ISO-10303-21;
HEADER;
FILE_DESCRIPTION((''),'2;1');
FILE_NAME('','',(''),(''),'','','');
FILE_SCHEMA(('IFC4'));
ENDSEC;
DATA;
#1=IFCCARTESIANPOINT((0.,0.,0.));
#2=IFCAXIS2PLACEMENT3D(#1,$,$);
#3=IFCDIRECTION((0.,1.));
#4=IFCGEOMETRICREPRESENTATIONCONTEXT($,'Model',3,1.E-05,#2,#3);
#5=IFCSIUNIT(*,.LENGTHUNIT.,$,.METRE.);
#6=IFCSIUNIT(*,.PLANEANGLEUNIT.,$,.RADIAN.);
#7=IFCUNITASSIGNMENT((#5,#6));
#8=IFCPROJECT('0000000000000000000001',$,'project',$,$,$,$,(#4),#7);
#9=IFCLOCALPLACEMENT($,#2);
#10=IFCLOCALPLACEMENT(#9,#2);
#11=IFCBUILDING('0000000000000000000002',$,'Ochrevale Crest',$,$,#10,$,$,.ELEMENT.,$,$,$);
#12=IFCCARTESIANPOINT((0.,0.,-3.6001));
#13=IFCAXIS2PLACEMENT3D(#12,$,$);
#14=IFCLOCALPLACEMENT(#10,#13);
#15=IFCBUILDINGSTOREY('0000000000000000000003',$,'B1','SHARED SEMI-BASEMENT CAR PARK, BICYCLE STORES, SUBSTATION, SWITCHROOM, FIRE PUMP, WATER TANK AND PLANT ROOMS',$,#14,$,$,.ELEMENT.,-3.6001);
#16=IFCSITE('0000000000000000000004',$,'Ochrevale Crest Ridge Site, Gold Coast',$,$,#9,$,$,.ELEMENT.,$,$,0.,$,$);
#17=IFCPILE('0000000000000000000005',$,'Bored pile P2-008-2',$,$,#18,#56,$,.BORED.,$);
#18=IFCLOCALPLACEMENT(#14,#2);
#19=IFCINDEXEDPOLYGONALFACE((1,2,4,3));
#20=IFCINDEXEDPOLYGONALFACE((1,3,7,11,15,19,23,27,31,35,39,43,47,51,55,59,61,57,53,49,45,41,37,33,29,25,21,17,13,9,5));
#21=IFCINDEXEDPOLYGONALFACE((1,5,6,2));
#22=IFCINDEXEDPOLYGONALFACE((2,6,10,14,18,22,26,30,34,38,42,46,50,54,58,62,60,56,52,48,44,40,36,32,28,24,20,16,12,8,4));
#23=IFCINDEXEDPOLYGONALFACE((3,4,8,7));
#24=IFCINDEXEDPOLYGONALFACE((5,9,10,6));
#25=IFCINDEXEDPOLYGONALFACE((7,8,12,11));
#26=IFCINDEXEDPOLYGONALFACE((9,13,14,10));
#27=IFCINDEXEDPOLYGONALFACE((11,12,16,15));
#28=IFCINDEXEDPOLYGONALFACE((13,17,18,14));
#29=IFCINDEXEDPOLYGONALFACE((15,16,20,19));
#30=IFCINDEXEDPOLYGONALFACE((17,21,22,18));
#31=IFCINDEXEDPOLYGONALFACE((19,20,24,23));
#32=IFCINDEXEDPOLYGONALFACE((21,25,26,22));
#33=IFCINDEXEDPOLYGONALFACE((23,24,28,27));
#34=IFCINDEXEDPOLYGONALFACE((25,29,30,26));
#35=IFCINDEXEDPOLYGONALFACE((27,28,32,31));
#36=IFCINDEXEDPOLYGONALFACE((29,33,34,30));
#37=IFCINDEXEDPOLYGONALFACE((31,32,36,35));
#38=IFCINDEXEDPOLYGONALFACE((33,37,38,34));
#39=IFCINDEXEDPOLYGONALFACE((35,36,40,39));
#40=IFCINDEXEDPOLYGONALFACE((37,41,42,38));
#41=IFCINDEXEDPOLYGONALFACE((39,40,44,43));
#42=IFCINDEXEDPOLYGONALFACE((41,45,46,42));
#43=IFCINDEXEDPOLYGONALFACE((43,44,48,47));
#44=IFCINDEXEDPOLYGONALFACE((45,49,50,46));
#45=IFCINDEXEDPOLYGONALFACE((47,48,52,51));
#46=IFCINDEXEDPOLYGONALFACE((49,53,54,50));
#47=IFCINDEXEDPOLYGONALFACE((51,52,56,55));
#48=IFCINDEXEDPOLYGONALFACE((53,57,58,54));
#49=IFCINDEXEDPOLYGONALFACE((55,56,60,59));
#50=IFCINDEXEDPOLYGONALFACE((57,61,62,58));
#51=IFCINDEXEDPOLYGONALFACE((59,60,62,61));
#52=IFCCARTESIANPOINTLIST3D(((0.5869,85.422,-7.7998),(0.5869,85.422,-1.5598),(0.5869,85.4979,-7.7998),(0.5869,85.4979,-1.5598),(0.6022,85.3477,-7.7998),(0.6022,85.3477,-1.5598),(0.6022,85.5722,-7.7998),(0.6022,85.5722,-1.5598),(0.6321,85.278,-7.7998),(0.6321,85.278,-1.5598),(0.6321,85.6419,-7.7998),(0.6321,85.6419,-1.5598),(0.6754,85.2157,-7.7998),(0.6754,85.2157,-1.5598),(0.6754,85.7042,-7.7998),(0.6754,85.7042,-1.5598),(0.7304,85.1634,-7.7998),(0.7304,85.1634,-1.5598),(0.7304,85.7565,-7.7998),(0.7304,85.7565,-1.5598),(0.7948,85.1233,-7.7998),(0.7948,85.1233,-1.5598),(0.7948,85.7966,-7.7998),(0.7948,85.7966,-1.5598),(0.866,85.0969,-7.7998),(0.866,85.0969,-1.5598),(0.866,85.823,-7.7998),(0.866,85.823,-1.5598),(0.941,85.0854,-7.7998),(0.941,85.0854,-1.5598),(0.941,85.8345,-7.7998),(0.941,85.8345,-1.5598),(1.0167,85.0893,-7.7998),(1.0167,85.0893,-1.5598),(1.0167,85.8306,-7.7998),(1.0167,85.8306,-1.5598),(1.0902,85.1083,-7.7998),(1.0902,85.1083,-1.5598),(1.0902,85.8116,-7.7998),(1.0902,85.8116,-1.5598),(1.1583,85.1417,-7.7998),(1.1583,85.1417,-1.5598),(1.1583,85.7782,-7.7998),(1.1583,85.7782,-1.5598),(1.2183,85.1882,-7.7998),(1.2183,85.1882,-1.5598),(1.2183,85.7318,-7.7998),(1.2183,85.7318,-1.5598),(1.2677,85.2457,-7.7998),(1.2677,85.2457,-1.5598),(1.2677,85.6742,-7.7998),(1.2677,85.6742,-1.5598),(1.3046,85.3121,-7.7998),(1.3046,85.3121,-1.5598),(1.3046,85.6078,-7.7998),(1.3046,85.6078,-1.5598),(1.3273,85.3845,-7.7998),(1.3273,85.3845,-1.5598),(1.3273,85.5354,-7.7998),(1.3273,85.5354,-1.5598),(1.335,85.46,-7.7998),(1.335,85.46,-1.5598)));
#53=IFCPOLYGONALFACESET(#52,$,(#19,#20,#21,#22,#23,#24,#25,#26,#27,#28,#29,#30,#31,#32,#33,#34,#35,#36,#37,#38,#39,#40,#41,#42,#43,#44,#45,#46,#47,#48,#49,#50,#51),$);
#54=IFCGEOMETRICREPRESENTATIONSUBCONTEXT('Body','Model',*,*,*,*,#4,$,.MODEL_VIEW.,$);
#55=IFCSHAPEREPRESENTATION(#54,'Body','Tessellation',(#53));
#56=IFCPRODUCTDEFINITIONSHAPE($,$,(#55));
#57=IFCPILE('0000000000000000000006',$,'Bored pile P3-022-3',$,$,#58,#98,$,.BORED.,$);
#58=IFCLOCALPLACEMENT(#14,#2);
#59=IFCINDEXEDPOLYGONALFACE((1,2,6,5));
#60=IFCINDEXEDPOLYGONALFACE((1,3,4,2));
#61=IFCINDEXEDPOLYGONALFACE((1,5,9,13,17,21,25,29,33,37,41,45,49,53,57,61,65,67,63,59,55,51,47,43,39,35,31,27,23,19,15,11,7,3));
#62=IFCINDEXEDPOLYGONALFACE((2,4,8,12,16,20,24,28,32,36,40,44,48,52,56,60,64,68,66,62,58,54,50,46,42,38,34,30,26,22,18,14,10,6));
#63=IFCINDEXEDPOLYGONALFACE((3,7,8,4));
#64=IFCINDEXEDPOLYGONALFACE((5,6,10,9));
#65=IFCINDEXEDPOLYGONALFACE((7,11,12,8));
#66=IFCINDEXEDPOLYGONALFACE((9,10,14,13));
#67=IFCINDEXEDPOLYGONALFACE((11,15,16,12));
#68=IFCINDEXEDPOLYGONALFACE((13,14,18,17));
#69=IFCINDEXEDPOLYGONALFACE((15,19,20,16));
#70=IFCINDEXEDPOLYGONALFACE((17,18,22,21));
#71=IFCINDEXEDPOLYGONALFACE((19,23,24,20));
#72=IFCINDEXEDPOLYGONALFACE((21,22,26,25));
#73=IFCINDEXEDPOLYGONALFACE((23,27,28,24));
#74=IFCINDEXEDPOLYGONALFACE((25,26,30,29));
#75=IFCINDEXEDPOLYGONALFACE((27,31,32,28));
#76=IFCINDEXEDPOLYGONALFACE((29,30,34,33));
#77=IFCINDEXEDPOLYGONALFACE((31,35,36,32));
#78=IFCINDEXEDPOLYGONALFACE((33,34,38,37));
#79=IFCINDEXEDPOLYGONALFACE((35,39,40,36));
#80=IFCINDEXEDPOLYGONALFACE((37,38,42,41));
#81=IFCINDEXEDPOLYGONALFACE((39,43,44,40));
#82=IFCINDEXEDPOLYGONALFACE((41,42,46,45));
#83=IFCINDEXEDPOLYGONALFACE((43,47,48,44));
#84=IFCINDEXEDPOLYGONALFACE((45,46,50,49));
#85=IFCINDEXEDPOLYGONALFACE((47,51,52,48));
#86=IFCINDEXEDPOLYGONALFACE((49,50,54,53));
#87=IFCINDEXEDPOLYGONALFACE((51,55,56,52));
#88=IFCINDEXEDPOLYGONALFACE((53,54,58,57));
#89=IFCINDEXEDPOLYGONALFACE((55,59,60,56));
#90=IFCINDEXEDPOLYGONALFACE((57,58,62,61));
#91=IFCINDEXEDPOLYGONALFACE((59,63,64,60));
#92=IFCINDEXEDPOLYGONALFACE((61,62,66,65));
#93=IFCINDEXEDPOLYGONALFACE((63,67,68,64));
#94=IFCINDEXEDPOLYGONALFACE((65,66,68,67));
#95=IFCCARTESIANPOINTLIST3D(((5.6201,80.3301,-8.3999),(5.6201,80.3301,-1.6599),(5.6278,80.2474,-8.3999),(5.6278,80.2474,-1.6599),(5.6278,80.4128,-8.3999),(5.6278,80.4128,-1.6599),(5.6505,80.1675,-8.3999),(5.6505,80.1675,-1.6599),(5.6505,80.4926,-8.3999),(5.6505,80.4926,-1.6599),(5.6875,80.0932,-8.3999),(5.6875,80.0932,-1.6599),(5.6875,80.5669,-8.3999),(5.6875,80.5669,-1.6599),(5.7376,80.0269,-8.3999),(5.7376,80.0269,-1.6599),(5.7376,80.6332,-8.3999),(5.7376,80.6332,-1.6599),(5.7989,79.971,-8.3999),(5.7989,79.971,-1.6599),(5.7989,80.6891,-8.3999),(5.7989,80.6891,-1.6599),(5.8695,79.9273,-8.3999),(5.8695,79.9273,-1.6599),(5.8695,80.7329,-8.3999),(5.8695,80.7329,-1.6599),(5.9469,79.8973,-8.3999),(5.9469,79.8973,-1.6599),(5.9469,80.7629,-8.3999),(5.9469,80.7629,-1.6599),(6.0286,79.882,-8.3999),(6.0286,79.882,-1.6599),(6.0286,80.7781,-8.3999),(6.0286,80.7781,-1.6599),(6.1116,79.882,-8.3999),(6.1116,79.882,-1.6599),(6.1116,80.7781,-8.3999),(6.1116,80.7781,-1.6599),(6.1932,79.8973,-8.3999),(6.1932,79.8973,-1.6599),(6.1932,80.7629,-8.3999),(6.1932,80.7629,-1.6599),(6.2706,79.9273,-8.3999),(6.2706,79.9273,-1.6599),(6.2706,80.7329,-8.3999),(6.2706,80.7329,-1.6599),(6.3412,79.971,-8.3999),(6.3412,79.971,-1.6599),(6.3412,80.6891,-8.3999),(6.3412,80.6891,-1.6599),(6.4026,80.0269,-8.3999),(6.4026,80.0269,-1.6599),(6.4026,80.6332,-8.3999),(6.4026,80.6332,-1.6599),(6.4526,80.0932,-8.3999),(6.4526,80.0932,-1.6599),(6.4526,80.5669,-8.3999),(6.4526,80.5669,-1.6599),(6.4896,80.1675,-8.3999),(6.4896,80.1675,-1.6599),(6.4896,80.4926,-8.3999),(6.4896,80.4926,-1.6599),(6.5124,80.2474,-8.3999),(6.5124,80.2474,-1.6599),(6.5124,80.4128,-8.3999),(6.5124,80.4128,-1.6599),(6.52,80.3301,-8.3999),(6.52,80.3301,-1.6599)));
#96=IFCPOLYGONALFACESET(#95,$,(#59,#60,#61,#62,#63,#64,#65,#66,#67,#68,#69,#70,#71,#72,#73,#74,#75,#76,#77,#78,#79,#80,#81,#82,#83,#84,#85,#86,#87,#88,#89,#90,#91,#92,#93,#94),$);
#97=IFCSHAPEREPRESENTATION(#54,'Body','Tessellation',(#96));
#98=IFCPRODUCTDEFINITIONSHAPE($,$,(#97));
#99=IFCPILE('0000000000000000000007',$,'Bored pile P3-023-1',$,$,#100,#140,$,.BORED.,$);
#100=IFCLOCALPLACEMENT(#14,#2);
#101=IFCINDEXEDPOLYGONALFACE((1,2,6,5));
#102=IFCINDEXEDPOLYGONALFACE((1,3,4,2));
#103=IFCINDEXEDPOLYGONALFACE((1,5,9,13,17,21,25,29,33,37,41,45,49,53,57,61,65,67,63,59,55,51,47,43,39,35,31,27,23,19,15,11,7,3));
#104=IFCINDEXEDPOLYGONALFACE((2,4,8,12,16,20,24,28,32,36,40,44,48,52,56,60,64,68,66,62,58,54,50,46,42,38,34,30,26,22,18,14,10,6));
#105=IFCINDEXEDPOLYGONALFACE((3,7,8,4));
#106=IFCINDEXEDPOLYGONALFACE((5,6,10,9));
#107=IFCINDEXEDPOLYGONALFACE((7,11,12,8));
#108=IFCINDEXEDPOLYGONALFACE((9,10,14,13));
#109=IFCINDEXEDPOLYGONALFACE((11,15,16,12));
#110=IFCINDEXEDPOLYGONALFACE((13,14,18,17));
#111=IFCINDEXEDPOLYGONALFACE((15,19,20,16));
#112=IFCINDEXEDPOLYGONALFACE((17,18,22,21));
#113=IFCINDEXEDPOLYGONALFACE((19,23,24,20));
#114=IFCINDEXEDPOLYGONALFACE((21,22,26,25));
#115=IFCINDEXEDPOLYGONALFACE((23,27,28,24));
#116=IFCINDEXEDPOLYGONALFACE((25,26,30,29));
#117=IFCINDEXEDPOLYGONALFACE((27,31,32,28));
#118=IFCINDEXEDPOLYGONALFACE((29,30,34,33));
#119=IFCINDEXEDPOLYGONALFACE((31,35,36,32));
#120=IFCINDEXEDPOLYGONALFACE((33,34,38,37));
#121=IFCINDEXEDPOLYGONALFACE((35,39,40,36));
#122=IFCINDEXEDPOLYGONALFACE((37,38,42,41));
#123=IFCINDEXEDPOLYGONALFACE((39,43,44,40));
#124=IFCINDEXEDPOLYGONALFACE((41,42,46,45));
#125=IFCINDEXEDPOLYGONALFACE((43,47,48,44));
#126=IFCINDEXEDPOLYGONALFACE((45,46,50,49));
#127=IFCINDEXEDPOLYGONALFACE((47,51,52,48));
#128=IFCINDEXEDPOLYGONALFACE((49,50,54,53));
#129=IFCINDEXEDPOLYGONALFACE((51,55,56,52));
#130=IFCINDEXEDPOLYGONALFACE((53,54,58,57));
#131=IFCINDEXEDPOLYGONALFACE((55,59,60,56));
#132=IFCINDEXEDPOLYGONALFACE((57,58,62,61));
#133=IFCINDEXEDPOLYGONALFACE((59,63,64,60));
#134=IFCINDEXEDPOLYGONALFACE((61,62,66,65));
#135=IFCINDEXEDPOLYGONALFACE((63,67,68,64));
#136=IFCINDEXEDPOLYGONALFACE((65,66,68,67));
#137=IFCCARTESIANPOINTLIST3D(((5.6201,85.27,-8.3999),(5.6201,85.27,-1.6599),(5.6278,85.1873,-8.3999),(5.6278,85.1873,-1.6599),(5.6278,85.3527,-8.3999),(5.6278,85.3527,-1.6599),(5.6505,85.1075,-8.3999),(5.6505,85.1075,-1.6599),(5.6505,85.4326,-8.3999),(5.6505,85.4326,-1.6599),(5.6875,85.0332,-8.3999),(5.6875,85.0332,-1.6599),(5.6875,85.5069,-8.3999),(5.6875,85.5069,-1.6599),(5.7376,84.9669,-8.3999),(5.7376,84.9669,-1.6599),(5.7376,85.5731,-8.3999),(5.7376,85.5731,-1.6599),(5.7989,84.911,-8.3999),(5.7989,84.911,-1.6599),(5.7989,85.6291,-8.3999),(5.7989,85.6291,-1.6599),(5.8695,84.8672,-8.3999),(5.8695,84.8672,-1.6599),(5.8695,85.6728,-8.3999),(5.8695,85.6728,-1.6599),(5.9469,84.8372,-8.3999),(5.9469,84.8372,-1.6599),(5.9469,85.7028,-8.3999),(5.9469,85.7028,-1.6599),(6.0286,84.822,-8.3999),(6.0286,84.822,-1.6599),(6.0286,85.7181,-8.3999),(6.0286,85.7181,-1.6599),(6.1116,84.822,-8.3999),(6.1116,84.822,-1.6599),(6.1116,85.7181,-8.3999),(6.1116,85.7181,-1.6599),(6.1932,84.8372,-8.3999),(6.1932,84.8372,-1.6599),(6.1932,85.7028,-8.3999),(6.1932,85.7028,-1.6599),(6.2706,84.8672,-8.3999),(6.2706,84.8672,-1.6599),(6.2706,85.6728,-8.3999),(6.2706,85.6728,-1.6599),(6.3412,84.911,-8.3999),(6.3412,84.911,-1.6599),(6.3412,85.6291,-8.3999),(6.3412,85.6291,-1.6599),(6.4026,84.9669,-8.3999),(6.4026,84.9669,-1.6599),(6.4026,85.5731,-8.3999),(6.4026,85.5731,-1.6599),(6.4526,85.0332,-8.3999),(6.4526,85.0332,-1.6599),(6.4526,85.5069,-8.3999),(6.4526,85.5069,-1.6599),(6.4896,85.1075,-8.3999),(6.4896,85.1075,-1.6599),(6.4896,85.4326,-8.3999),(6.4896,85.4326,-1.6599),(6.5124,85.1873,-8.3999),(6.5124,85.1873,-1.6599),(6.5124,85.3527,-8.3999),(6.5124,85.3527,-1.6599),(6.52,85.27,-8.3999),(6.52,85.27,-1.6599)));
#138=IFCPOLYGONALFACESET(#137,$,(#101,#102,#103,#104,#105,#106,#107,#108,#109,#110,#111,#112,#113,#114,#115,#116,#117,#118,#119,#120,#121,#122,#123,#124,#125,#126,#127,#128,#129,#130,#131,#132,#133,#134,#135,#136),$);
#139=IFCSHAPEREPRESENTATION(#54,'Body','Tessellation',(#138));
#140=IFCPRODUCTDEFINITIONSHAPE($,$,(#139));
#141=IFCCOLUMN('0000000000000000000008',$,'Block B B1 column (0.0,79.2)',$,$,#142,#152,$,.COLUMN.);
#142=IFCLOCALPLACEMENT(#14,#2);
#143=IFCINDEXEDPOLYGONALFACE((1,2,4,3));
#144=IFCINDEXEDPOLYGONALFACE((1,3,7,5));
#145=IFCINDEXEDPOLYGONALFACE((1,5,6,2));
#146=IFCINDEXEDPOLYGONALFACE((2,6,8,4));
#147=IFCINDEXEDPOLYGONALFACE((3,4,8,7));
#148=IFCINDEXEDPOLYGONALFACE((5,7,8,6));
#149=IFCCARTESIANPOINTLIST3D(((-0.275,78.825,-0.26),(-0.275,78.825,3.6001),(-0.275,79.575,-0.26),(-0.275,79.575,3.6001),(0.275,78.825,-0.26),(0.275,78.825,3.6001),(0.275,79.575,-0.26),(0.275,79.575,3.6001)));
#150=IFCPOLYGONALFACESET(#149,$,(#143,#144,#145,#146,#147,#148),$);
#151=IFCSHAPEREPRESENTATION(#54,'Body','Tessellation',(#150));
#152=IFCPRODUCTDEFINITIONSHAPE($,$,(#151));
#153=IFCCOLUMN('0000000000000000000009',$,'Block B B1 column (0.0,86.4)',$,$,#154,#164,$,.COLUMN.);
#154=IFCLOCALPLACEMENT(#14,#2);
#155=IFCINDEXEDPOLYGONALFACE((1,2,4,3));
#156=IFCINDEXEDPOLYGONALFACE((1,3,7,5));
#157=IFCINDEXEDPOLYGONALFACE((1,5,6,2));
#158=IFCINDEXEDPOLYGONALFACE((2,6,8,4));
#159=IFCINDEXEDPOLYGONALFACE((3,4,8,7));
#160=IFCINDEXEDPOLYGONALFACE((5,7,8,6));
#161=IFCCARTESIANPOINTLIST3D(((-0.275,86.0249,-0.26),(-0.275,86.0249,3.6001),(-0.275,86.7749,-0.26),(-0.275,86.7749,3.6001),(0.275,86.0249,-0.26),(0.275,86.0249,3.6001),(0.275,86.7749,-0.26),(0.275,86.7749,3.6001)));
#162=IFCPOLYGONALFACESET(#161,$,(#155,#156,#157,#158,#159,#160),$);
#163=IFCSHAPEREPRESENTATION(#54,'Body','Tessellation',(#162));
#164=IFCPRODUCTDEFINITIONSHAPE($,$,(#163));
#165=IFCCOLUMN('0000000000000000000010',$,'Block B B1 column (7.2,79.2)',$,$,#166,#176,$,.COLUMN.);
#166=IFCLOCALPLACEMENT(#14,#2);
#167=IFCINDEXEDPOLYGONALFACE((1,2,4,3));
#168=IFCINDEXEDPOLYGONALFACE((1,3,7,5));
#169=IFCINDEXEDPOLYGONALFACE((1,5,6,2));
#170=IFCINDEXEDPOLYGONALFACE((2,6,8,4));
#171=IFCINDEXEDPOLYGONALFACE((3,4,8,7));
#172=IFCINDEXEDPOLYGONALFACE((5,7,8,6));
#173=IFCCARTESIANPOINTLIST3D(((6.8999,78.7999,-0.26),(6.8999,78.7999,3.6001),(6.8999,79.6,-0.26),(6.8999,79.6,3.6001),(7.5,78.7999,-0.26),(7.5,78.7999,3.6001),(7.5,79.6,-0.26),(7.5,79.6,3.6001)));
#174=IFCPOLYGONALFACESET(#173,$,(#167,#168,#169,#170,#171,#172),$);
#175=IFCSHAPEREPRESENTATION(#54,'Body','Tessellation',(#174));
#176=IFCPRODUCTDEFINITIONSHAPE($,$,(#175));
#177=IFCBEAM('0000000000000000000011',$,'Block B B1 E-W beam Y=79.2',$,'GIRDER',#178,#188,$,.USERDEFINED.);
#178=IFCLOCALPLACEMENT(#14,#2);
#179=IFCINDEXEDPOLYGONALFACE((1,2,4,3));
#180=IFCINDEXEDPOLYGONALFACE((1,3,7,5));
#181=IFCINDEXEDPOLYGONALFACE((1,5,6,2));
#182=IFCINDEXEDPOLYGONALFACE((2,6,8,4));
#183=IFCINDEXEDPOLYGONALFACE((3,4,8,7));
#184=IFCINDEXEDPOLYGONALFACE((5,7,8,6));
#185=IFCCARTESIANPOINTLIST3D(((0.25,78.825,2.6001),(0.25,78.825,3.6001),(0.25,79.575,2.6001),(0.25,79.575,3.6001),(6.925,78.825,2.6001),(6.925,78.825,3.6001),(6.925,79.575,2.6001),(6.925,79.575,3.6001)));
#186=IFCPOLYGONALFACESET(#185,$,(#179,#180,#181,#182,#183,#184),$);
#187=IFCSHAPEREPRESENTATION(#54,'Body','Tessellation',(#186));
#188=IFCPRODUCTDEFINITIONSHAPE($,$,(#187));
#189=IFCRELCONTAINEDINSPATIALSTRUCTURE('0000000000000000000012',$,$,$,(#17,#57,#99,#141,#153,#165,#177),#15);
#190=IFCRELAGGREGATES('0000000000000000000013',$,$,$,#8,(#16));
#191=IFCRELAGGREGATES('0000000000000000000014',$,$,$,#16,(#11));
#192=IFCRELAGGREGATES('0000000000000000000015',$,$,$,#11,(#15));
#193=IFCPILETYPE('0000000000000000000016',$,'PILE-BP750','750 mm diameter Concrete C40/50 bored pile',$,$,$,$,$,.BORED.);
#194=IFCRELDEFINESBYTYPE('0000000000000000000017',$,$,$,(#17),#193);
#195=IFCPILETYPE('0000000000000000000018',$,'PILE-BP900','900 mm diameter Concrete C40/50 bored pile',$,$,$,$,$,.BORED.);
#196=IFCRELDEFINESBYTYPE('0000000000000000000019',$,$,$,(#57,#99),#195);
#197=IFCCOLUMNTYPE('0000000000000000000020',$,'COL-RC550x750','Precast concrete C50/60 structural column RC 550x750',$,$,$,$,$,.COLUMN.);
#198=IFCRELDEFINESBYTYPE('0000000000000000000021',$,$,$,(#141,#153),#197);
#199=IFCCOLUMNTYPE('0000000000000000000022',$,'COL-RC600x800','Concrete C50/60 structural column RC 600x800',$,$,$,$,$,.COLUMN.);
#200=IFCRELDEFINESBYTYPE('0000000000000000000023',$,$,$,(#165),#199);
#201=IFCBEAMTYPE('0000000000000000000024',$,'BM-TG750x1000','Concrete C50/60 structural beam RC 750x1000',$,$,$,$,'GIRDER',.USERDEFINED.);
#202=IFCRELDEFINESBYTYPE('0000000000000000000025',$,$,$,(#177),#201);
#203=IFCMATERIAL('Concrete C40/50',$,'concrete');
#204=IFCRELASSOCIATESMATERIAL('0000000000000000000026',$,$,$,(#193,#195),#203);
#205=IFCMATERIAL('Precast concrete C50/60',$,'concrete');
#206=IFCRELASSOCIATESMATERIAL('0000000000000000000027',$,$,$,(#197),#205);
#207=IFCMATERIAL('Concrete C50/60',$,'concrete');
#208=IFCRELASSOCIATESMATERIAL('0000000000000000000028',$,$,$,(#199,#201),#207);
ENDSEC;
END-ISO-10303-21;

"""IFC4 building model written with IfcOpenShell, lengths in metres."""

from ifc_helpers import new_model, si_unit, direction, frame, origin, origin_2d, place, context, subcontext, project, spatial, rectangle, circle, extrude, material, material_profile, profile_set, type_object, element, save


model = new_model("IFC4")

# Units and contexts
model_context = context("Model", 3, precision=1e-05, world=origin(), true_north=direction((0.0, 1.0)))
body_context = subcontext(model_context, "Body", "Model", "MODEL_VIEW")
ifc_project = project(units=[si_unit("LENGTHUNIT", "METRE"), si_unit("PLANEANGLEUNIT", "RADIAN")], contexts=[model_context])

# Site, building, storey
site_placement = place(None, origin())
site = spatial("IfcSite", under=ifc_project, at=site_placement, Name="Ochrevale Crest Ridge Site, Gold Coast", CompositionType="ELEMENT", RefElevation=0.0)
building_placement = place(site_placement, origin())
building = spatial("IfcBuilding", under=site, at=building_placement, Name="Ochrevale Crest", CompositionType="ELEMENT")
storey_placement = place(building_placement, frame((0.0, 0.0, -3.6001)))
storey = spatial("IfcBuildingStorey", under=building, at=storey_placement, Name="B1", Description="SHARED SEMI-BASEMENT CAR PARK, BICYCLE STORES, SUBSTATION, SWITCHROOM, FIRE PUMP, WATER TANK AND PLANT ROOMS", CompositionType="ELEMENT", Elevation=-3.6001)

# Shared definitions
ifc_material_1 = material(Name="Concrete C40/50", Category="concrete")

# Piles
ifc_material_profile_1 = material_profile(ifc_material_1, circle(Radius=0.375, at=origin_2d()), Name="BORED PILE 750")
ifc_profile_set_1 = profile_set([ifc_material_profile_1], Name="Concrete C40/50")
pile_type_1 = type_object("IfcPileType", Name="PILE-BP750", Description="750 mm diameter Concrete C40/50 bored pile", PredefinedType="BORED", material=ifc_profile_set_1)
for number, where, z_axis, x_axis, name in (
    (1, (0.96, 85.46, -1.5598), (0.0, 0.0, -1.0), (1.0, 0.0, 0.0), "Bored pile P2-008-2"),
):
    element("IfcPile", number, at=place(storey_placement, frame(where, z_axis=z_axis, x_axis=x_axis)), inside=storey, type_object=pile_type_1, Name=name, PredefinedType="BORED", context=body_context, shape_type="SweptSolid", body=[
        extrude(circle(Radius=0.375, at=origin_2d()), origin(), (0.0, 0.0, 1.0), 6.24),
    ])
ifc_material_profile_2 = material_profile(ifc_material_1, circle(Radius=0.45, at=origin_2d()), Name="BORED PILE 900")
ifc_profile_set_2 = profile_set([ifc_material_profile_2], Name="Concrete C40/50")
pile_type_2 = type_object("IfcPileType", Name="PILE-BP900", Description="900 mm diameter Concrete C40/50 bored pile", PredefinedType="BORED", material=ifc_profile_set_2)
for number, where, z_axis, x_axis, name in (
    (2, (6.0701, 80.3301, -1.6599), (0.0, 0.0, -1.0), (1.0, 0.0, 0.0), "Bored pile P3-022-3"),
    (3, (6.0701, 85.27, -1.6599), (0.0, 0.0, -1.0), (1.0, 0.0, 0.0), "Bored pile P3-023-1"),
):
    element("IfcPile", number, at=place(storey_placement, frame(where, z_axis=z_axis, x_axis=x_axis)), inside=storey, type_object=pile_type_2, Name=name, PredefinedType="BORED", context=body_context, shape_type="SweptSolid", body=[
        extrude(circle(Radius=0.45, at=origin_2d()), origin(), (0.0, 0.0, 1.0), 6.74),
    ])

# Columns
ifc_material_2 = material(Name="Precast concrete C50/60", Category="concrete")
ifc_material_profile_3 = material_profile(ifc_material_2, rectangle(XDim=0.55, YDim=0.75, at=origin_2d()), Name="RC 550x750")
ifc_profile_set_3 = profile_set([ifc_material_profile_3], Name="Precast concrete C50/60")
column_type_1 = type_object("IfcColumnType", Name="COL-RC550x750", Description="Precast concrete C50/60 structural column RC 550x750", PredefinedType="COLUMN", material=ifc_profile_set_3)
for number, where, z_axis, x_axis, name in (
    (4, (0.0, 79.2, -0.26), (0.0, 0.0, 1.0), (1.0, 0.0, 0.0), "Block B B1 column (0.0,79.2)"),
    (5, (0.0, 86.3999, -0.26), (0.0, 0.0, 1.0), (1.0, 0.0, 0.0), "Block B B1 column (0.0,86.4)"),
):
    element("IfcColumn", number, at=place(storey_placement, frame(where, z_axis=z_axis, x_axis=x_axis)), inside=storey, type_object=column_type_1, Name=name, PredefinedType="COLUMN", context=body_context, shape_type="SweptSolid", body=[
        extrude(rectangle(XDim=0.55, YDim=0.75, at=origin_2d()), origin(), (0.0, 0.0, 1.0), 3.8601),
    ])
ifc_material_3 = material(Name="Concrete C50/60", Category="concrete")
ifc_material_profile_4 = material_profile(ifc_material_3, rectangle(XDim=0.6001, YDim=0.8, at=origin_2d()), Name="RC 600x800")
ifc_profile_set_4 = profile_set([ifc_material_profile_4], Name="Concrete C50/60")
column_type_2 = type_object("IfcColumnType", Name="COL-RC600x800", Description="Concrete C50/60 structural column RC 600x800", PredefinedType="COLUMN", material=ifc_profile_set_4)
column_placement = place(storey_placement, frame((7.2, 79.2, -0.26), z_axis=(0.0, 0.0, 1.0), x_axis=(1.0, 0.0, 0.0)))
element("IfcColumn", 6, at=column_placement, inside=storey, type_object=column_type_2, Name="Block B B1 column (7.2,79.2)", PredefinedType="COLUMN", context=body_context, shape_type="SweptSolid", body=[
    extrude(rectangle(XDim=0.6001, YDim=0.8, at=origin_2d()), origin(), (0.0, 0.0, 1.0), 3.8601),
])

# Beam
ifc_material_profile_5 = material_profile(ifc_material_3, rectangle(XDim=0.75, YDim=1.0, at=origin_2d()), Name="RC 750x1000")
ifc_profile_set_5 = profile_set([ifc_material_profile_5], Name="Concrete C50/60")
beam_type = type_object("IfcBeamType", Name="BM-TG750x1000", Description="Concrete C50/60 structural beam RC 750x1000", ElementType="GIRDER", PredefinedType="USERDEFINED", material=ifc_profile_set_5)
for number, where, z_axis, x_axis, name in (
    (7, (0.25, 79.2, 3.1001), (1.0, 0.0, 0.0), (0.0, 1.0, 0.0), "Block B B1 E-W beam Y=79.2"),
):
    element("IfcBeam", number, at=place(storey_placement, frame(where, z_axis=z_axis, x_axis=x_axis)), inside=storey, type_object=beam_type, Name=name, ObjectType="GIRDER", PredefinedType="USERDEFINED", context=body_context, shape_type="SweptSolid", body=[
        extrude(rectangle(XDim=0.75, YDim=1.0, at=origin_2d()), origin(), (0.0, 0.0, 1.0), 6.675),
    ])

save(model, "model.ifc")
